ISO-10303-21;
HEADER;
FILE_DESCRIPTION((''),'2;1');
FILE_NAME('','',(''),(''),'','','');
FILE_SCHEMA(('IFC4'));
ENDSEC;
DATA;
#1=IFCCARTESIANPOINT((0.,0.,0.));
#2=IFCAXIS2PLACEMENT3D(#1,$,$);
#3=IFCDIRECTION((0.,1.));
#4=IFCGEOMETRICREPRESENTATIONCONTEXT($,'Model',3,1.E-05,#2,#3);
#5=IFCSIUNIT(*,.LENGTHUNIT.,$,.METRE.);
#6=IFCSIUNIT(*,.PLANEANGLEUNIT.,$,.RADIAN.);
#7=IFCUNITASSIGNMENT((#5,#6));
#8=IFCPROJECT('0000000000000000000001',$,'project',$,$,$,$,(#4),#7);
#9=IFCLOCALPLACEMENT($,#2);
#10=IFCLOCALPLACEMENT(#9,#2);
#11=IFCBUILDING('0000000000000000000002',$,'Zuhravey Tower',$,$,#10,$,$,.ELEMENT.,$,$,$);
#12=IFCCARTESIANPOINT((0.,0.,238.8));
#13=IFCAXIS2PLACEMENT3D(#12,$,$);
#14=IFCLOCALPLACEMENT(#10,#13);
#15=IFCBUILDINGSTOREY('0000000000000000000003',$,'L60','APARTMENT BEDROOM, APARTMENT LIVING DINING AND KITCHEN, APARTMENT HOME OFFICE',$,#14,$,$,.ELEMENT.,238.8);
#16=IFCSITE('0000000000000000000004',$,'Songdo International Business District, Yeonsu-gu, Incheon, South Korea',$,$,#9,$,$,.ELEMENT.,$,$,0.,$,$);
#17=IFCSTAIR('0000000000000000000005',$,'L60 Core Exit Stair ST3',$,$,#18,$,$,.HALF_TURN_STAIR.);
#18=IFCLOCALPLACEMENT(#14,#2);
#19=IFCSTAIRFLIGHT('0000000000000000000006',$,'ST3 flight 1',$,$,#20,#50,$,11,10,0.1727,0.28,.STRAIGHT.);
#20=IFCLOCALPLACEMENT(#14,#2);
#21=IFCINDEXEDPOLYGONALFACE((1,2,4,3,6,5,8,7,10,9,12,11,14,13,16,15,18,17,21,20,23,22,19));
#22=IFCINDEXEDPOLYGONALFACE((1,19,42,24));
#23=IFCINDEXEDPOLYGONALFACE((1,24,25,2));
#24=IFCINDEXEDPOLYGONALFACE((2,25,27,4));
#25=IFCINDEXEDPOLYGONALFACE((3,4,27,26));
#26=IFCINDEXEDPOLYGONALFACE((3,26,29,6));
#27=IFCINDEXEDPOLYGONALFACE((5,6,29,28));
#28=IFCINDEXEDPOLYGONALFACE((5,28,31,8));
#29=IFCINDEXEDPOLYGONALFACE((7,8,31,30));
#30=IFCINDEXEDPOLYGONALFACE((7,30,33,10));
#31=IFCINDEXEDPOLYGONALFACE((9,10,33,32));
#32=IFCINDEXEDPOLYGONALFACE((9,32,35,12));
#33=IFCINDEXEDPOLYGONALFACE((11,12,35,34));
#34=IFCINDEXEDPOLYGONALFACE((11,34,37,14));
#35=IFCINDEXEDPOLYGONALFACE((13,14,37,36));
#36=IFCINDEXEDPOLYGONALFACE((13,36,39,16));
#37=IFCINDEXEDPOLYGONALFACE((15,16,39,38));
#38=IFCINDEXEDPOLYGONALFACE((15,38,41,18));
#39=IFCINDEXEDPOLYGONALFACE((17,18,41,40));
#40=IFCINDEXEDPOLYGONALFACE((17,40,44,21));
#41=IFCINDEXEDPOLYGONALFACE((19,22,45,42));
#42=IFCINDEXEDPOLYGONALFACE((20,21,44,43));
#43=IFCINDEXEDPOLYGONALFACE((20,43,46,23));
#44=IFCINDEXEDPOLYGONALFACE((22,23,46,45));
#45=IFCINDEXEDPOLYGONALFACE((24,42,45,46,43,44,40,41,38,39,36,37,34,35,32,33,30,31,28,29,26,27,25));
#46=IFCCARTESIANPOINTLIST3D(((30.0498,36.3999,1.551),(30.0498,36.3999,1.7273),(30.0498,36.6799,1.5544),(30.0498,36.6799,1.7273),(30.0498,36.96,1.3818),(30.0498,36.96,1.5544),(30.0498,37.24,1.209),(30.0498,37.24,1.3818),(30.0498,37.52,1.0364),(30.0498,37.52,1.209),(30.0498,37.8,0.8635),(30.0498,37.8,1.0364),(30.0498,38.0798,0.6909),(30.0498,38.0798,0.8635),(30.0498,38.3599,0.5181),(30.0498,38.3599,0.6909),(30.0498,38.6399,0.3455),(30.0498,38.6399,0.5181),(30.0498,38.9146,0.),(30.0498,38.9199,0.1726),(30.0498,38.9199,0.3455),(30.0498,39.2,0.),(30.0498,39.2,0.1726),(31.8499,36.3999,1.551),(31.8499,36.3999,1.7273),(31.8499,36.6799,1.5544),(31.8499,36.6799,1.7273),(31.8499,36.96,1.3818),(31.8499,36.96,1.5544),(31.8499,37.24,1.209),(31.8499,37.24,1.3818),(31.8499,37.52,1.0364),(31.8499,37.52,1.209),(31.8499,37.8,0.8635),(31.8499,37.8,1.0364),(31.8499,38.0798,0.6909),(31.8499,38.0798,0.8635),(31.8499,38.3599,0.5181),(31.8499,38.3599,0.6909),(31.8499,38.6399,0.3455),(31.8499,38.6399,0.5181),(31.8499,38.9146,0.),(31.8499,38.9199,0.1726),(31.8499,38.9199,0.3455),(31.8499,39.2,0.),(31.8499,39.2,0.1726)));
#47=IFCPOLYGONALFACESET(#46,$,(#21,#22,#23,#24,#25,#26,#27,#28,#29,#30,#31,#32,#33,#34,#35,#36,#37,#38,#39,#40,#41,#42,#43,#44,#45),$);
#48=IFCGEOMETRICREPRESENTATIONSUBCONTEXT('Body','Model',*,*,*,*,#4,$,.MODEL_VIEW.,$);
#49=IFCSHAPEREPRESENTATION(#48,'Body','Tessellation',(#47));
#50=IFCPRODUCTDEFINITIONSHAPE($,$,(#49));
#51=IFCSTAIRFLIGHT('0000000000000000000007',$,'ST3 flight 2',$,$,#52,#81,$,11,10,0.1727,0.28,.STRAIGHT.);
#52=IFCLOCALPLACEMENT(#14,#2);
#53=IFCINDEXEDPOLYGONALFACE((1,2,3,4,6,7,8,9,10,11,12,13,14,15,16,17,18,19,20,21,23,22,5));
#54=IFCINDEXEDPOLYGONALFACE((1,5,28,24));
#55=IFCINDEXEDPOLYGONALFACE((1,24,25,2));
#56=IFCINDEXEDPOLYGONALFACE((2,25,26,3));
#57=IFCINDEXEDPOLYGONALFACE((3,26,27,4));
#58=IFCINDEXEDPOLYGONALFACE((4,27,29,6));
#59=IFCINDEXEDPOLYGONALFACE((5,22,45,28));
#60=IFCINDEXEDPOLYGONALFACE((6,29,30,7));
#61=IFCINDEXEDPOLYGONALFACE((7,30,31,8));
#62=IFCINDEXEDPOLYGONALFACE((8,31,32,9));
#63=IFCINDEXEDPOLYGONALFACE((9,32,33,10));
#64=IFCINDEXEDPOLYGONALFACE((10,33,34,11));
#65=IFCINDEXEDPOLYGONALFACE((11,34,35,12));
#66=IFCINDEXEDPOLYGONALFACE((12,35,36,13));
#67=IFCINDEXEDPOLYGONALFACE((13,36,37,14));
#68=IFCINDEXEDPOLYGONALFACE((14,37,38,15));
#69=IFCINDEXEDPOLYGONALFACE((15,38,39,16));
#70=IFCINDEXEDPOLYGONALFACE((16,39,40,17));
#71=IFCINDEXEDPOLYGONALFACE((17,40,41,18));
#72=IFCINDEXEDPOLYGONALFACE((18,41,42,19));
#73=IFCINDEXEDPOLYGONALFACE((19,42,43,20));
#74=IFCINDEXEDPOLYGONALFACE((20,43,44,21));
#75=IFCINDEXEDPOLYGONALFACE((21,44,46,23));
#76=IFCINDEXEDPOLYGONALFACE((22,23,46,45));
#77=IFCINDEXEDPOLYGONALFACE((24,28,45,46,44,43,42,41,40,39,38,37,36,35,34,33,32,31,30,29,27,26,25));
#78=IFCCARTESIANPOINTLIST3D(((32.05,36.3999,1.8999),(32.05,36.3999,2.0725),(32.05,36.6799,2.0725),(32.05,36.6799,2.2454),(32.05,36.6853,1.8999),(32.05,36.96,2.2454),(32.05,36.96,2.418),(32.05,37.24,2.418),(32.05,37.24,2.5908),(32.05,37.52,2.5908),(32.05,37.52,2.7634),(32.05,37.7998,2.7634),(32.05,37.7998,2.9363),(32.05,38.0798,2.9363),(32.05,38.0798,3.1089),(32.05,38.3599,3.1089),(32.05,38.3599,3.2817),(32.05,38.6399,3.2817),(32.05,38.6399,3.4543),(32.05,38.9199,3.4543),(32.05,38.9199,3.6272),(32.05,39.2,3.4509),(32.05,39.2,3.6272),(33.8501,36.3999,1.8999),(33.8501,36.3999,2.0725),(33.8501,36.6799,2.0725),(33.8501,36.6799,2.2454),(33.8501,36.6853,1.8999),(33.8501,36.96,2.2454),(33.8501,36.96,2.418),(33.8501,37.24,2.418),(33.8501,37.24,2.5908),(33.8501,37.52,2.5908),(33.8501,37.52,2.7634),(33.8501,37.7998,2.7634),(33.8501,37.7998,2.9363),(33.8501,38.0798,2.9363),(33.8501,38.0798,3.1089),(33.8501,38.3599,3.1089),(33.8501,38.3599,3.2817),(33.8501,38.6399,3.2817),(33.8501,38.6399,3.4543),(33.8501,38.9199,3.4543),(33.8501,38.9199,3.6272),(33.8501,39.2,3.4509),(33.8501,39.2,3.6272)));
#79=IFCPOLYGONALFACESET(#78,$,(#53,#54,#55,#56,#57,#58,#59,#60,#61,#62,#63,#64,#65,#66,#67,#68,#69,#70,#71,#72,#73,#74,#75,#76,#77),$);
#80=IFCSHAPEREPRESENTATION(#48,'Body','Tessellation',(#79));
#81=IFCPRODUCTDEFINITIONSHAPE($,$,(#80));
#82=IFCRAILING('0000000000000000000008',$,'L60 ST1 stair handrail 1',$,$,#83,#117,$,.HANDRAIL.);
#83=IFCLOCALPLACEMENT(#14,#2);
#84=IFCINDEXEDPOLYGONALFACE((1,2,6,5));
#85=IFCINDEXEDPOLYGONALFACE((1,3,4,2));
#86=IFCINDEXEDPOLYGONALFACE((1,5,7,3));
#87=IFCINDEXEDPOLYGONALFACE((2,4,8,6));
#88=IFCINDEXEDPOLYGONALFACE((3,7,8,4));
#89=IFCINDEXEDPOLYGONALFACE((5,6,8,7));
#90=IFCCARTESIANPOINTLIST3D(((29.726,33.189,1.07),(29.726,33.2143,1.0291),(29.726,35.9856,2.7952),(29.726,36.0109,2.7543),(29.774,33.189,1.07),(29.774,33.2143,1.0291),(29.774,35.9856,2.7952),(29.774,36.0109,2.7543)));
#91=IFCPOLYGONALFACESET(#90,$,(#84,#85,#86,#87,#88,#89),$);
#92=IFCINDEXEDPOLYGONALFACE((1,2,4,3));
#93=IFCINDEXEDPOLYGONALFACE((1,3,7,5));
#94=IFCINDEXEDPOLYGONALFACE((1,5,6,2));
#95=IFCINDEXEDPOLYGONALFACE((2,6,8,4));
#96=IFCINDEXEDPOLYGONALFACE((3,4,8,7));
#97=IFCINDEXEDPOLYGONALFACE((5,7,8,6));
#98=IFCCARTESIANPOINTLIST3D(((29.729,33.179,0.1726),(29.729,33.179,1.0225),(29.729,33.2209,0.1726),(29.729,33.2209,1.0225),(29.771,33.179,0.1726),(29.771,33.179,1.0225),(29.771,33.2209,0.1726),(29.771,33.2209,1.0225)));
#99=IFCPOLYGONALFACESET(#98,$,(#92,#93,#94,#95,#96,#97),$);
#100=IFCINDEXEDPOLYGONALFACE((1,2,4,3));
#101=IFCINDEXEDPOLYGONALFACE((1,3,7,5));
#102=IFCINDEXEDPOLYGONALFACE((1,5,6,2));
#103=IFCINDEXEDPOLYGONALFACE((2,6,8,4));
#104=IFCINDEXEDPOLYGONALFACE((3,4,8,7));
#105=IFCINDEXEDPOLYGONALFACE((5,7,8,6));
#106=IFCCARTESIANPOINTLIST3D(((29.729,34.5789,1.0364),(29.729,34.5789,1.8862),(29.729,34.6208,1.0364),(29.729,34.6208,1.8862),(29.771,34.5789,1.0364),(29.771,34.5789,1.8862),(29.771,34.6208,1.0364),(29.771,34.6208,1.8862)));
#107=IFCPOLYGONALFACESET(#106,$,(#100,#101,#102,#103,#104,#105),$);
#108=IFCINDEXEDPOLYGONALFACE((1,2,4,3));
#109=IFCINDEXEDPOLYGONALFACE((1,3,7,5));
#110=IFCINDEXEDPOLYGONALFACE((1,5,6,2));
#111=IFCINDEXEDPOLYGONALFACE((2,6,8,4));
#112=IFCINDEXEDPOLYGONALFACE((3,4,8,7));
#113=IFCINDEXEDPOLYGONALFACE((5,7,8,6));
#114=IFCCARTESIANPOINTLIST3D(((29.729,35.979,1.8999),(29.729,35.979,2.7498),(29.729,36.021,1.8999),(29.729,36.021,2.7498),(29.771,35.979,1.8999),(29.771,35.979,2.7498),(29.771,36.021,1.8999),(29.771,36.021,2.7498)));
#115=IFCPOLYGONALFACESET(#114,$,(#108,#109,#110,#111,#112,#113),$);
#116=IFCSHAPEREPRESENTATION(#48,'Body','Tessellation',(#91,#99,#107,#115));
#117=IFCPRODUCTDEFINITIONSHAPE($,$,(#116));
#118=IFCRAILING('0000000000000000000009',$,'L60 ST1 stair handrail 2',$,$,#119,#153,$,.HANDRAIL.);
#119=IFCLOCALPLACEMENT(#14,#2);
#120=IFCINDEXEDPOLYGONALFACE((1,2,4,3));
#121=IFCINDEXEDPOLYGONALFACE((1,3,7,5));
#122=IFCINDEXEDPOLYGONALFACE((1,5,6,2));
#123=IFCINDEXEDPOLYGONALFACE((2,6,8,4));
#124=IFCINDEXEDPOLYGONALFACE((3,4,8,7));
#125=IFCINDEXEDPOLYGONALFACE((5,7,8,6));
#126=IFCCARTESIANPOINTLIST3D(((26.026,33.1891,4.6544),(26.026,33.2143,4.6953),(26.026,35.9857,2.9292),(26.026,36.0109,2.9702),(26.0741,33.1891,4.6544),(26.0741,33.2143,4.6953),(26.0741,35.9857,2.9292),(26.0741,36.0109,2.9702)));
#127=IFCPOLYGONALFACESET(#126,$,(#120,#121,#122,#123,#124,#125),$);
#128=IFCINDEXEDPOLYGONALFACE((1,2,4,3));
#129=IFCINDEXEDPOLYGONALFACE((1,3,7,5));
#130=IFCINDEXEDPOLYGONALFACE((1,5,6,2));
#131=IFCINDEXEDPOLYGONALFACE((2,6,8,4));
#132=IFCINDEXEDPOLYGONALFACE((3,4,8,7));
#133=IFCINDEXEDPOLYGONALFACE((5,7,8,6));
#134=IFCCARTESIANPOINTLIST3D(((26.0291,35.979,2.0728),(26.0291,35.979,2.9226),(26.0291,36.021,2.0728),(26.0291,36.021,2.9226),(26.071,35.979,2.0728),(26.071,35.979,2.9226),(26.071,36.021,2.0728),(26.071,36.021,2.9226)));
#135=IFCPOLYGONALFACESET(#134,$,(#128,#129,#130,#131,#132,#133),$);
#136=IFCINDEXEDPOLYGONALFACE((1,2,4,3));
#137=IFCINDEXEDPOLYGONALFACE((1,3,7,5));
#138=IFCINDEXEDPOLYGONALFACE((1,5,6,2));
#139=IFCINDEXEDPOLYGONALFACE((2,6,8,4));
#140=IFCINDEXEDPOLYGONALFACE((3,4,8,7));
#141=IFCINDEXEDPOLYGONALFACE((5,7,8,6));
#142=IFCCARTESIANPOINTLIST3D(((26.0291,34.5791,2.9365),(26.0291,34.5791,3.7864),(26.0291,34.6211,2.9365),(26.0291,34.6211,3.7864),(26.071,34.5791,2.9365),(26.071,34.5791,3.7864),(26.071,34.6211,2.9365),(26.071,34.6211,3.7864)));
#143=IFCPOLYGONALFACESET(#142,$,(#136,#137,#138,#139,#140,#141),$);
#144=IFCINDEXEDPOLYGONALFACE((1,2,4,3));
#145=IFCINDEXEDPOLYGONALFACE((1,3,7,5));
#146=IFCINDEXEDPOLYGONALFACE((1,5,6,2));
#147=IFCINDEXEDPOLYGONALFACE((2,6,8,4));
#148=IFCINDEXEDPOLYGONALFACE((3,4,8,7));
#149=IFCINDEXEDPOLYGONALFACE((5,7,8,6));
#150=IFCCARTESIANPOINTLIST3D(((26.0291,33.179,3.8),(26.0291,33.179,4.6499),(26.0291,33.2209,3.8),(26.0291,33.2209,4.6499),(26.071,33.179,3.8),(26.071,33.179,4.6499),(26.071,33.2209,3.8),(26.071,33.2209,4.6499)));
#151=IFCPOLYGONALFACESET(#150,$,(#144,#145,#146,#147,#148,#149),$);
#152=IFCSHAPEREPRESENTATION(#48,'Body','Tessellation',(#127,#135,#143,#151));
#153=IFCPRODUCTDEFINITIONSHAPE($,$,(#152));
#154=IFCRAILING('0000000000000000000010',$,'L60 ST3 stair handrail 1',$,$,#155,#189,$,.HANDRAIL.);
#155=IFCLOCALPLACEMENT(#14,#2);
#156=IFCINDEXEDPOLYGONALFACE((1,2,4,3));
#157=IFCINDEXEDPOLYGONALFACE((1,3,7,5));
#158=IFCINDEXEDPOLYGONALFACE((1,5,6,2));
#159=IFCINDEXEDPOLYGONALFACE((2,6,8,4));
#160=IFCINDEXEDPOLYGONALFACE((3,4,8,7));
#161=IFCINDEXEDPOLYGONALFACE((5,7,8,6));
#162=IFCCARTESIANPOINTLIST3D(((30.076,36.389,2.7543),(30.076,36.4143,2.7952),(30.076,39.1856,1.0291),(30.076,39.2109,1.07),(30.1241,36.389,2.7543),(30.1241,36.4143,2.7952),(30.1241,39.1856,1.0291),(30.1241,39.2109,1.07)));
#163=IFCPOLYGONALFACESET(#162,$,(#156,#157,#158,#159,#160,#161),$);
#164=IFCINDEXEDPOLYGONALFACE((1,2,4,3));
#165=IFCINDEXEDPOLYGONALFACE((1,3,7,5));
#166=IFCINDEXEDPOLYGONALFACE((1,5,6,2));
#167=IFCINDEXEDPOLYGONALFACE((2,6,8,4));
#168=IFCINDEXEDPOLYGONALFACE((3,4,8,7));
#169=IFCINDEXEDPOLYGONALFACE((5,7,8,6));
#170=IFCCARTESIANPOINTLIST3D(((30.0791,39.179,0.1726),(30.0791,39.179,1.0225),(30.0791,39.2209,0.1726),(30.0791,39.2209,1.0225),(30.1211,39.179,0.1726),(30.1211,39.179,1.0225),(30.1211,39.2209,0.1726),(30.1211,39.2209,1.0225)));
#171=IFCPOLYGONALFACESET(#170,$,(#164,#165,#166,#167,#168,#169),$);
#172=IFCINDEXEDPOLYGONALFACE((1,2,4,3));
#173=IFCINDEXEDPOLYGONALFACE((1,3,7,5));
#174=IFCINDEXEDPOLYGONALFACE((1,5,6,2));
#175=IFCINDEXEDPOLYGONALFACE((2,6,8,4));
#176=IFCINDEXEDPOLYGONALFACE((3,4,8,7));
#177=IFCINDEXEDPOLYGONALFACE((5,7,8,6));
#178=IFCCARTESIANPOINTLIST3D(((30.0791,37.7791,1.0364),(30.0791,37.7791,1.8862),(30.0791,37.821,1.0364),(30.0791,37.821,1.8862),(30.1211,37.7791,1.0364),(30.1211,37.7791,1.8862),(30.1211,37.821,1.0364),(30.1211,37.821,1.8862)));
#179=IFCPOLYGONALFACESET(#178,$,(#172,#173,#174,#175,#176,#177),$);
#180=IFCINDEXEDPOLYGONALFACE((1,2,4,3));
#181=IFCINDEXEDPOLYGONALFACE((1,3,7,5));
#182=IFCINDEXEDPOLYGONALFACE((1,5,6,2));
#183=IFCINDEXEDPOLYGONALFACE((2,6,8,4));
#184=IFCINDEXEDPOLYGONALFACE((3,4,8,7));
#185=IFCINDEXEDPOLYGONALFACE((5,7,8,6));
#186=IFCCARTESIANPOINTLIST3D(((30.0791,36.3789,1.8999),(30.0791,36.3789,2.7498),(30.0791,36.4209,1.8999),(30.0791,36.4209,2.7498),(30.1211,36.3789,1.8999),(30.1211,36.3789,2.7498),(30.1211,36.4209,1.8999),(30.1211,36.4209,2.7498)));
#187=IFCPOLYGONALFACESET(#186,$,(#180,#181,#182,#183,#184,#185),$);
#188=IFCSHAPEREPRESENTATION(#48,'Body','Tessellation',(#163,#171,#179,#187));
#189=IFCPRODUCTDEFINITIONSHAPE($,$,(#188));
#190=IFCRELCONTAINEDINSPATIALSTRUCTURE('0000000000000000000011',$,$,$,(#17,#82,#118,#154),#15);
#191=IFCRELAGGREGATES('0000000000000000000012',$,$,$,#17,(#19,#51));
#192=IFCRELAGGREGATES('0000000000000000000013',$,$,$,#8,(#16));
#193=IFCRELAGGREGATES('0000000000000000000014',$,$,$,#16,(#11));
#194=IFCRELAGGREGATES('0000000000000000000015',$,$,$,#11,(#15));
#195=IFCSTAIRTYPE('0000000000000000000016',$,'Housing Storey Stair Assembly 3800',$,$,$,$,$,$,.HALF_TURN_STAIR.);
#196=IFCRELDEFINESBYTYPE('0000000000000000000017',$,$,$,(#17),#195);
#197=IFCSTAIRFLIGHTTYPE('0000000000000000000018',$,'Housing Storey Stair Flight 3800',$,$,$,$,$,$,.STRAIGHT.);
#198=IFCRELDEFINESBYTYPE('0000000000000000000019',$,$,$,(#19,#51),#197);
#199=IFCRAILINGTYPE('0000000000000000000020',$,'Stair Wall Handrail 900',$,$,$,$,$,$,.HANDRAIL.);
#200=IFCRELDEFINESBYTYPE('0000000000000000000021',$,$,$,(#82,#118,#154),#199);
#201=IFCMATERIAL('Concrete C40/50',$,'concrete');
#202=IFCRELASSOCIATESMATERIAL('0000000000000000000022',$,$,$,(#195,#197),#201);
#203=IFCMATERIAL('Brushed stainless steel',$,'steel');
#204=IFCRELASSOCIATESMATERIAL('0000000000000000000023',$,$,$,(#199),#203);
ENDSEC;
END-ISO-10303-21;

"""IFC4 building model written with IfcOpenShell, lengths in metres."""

from ifc_helpers import new_model, si_unit, direction, frame, origin, origin_2d, place, context, subcontext, project, spatial, polyline, rectangle, outline, extrude, material, type_object, element, aggregate, save


model = new_model("IFC4")

# Units and contexts
model_context = context("Model", 3, precision=1e-05, world=origin(), true_north=direction((0.0, 1.0)))
body_context = subcontext(model_context, "Body", "Model", "MODEL_VIEW")
ifc_project = project(units=[si_unit("LENGTHUNIT", "METRE"), si_unit("PLANEANGLEUNIT", "RADIAN")], contexts=[model_context])

# Site, building, storey
site_placement = place(None, origin())
site = spatial("IfcSite", under=ifc_project, at=site_placement, Name="Songdo International Business District, Yeonsu-gu, Incheon, South Korea", CompositionType="ELEMENT", RefElevation=0.0)
building_placement = place(site_placement, origin())
building = spatial("IfcBuilding", under=site, at=building_placement, Name="Zuhravey Tower", CompositionType="ELEMENT")
storey_placement = place(building_placement, frame((0.0, 0.0, 238.8)))
storey = spatial("IfcBuildingStorey", under=building, at=storey_placement, Name="L60", Description="APARTMENT BEDROOM, APARTMENT LIVING DINING AND KITCHEN, APARTMENT HOME OFFICE", CompositionType="ELEMENT", Elevation=238.8)

# Stair, stair flights
ifc_material_1 = material(Name="Concrete C40/50", Category="concrete")
stair_type = type_object("IfcStairType", Name="Housing Storey Stair Assembly 3800", PredefinedType="HALF_TURN_STAIR", material=ifc_material_1)
stair_flight_type = type_object("IfcStairFlightType", Name="Housing Storey Stair Flight 3800", PredefinedType="STRAIGHT", material=ifc_material_1)
stair_1_placement = place(storey_placement, origin())
stair_1 = element("IfcStair", 1, at=stair_1_placement, inside=storey, type_object=stair_type, Name="L60 Core Exit Stair ST3", PredefinedType="HALF_TURN_STAIR")
stair_flight_1_placement = place(storey_placement, frame((30.95, 39.2, 0.0), z_axis=(0.0, 0.0, 1.0), x_axis=(0.0, -1.0, 0.0)))
stair_flight_1 = element("IfcStairFlight", 2, at=stair_flight_1_placement, type_object=stair_flight_type, Name="ST3 flight 1", NumberOfRisers=11, NumberOfTreads=10, PredefinedType="STRAIGHT", RiserHeight=0.1727, TreadLength=0.28, context=body_context, shape_type="SweptSolid", body=[
    extrude(outline(polyline([(0.0, 0.0), (0.0, 0.1726), (0.28, 0.1726), (0.28, 0.3455), (0.5601, 0.3455), (0.5601, 0.5181), (0.8401, 0.5181), (0.8401, 0.6909), (1.1201, 0.6909), (1.1201, 0.8635), (1.3999, 0.8635), (1.3999, 1.0364), (1.6799, 1.0364), (1.6799, 1.209), (1.96, 1.209), (1.96, 1.3818), (2.24, 1.3818), (2.24, 1.5544), (2.52, 1.5544), (2.52, 1.7273), (2.8, 1.7273), (2.8, 1.8999), (2.8, 1.551), (0.2854, 0.0), (0.0, 0.0)])), frame((0.0, 0.8999, 0.0), z_axis=(0.0, -1.0, 0.0), x_axis=(1.0, 0.0, 0.0)), (0.0, 0.0, 1.0), 1.8),
])
stair_flight_2_placement = place(storey_placement, frame((32.95, 36.3999, 1.8999), z_axis=(0.0, 0.0, 1.0), x_axis=(0.0, 1.0, 0.0)))
stair_flight_2 = element("IfcStairFlight", 3, at=stair_flight_2_placement, type_object=stair_flight_type, Name="ST3 flight 2", NumberOfRisers=11, NumberOfTreads=10, PredefinedType="STRAIGHT", RiserHeight=0.1727, TreadLength=0.28, context=body_context, shape_type="SweptSolid", body=[
    extrude(outline(polyline([(0.0, 0.0), (0.0, 0.1726), (0.28, 0.1726), (0.28, 0.3455), (0.5601, 0.3455), (0.5601, 0.5181), (0.8401, 0.5181), (0.8401, 0.6909), (1.1201, 0.6909), (1.1201, 0.8635), (1.3999, 0.8635), (1.3999, 1.0364), (1.6799, 1.0364), (1.6799, 1.209), (1.96, 1.209), (1.96, 1.3818), (2.24, 1.3818), (2.24, 1.5544), (2.52, 1.5544), (2.52, 1.7273), (2.8, 1.7273), (2.8, 1.8999), (2.8, 1.551), (0.2854, 0.0), (0.0, 0.0)])), frame((0.0, 0.8999, 0.0), z_axis=(0.0, -1.0, 0.0), x_axis=(1.0, 0.0, 0.0)), (0.0, 0.0, 1.0), 1.8),
])
aggregate(stair_1, [stair_flight_1, stair_flight_2])

# Railings
ifc_material_2 = material(Name="Brushed stainless steel", Category="steel")
railing_type_1 = type_object("IfcRailingType", Name="Stair Wall Handrail 900", PredefinedType="HANDRAIL", material=ifc_material_2)
railing_1_placement = place(storey_placement, frame((29.75, 33.2, 0.1726)))
element("IfcRailing", 4, at=railing_1_placement, inside=storey, type_object=railing_type_1, Name="L60 ST1 stair handrail 1", PredefinedType="HANDRAIL", context=body_context, shape_type="SweptSolid", body=[
    extrude(rectangle(XDim=0.0481, YDim=0.0481, at=origin_2d()), frame((0.0, 0.0017, 0.877), z_axis=(0.0, 0.85109, 0.52502), x_axis=(-1.0, 0.0, 0.0)), (0.0, 0.0, 1.0), 3.2859),
    extrude(rectangle(XDim=0.042, YDim=0.042, at=origin_2d()), origin(), (0.0, 0.0, 1.0), 0.8499),
    extrude(rectangle(XDim=0.042, YDim=0.042, at=origin_2d()), frame((0.0, 1.3999, 0.8638)), (0.0, 0.0, 1.0), 0.8499),
    extrude(rectangle(XDim=0.042, YDim=0.042, at=origin_2d()), frame((0.0, 2.8, 1.7273)), (0.0, 0.0, 1.0), 0.8499),
])
for number, where, name in (
    (5, (26.05, 36.0, 2.0728), "L60 ST1 stair handrail 2"),
    (6, (30.1001, 39.2, 0.1726), "L60 ST3 stair handrail 1"),
):
    element("IfcRailing", number, at=place(storey_placement, frame(where)), inside=storey, type_object=railing_type_1, Name=name, PredefinedType="HANDRAIL", context=body_context, shape_type="SweptSolid", body=[
        extrude(rectangle(XDim=0.0481, YDim=0.0481, at=origin_2d()), frame((0.0, -0.0017, 0.877), z_axis=(0.0, -0.85109, 0.52502), x_axis=(1.0, 0.0, 0.0)), (0.0, 0.0, 1.0), 3.2859),
        extrude(rectangle(XDim=0.042, YDim=0.042, at=origin_2d()), origin(), (0.0, 0.0, 1.0), 0.8499),
        extrude(rectangle(XDim=0.042, YDim=0.042, at=origin_2d()), frame((0.0, -1.3999, 0.8638)), (0.0, 0.0, 1.0), 0.8499),
        extrude(rectangle(XDim=0.042, YDim=0.042, at=origin_2d()), frame((0.0, -2.8, 1.7273)), (0.0, 0.0, 1.0), 0.8499),
    ])

save(model, "model.ifc")
